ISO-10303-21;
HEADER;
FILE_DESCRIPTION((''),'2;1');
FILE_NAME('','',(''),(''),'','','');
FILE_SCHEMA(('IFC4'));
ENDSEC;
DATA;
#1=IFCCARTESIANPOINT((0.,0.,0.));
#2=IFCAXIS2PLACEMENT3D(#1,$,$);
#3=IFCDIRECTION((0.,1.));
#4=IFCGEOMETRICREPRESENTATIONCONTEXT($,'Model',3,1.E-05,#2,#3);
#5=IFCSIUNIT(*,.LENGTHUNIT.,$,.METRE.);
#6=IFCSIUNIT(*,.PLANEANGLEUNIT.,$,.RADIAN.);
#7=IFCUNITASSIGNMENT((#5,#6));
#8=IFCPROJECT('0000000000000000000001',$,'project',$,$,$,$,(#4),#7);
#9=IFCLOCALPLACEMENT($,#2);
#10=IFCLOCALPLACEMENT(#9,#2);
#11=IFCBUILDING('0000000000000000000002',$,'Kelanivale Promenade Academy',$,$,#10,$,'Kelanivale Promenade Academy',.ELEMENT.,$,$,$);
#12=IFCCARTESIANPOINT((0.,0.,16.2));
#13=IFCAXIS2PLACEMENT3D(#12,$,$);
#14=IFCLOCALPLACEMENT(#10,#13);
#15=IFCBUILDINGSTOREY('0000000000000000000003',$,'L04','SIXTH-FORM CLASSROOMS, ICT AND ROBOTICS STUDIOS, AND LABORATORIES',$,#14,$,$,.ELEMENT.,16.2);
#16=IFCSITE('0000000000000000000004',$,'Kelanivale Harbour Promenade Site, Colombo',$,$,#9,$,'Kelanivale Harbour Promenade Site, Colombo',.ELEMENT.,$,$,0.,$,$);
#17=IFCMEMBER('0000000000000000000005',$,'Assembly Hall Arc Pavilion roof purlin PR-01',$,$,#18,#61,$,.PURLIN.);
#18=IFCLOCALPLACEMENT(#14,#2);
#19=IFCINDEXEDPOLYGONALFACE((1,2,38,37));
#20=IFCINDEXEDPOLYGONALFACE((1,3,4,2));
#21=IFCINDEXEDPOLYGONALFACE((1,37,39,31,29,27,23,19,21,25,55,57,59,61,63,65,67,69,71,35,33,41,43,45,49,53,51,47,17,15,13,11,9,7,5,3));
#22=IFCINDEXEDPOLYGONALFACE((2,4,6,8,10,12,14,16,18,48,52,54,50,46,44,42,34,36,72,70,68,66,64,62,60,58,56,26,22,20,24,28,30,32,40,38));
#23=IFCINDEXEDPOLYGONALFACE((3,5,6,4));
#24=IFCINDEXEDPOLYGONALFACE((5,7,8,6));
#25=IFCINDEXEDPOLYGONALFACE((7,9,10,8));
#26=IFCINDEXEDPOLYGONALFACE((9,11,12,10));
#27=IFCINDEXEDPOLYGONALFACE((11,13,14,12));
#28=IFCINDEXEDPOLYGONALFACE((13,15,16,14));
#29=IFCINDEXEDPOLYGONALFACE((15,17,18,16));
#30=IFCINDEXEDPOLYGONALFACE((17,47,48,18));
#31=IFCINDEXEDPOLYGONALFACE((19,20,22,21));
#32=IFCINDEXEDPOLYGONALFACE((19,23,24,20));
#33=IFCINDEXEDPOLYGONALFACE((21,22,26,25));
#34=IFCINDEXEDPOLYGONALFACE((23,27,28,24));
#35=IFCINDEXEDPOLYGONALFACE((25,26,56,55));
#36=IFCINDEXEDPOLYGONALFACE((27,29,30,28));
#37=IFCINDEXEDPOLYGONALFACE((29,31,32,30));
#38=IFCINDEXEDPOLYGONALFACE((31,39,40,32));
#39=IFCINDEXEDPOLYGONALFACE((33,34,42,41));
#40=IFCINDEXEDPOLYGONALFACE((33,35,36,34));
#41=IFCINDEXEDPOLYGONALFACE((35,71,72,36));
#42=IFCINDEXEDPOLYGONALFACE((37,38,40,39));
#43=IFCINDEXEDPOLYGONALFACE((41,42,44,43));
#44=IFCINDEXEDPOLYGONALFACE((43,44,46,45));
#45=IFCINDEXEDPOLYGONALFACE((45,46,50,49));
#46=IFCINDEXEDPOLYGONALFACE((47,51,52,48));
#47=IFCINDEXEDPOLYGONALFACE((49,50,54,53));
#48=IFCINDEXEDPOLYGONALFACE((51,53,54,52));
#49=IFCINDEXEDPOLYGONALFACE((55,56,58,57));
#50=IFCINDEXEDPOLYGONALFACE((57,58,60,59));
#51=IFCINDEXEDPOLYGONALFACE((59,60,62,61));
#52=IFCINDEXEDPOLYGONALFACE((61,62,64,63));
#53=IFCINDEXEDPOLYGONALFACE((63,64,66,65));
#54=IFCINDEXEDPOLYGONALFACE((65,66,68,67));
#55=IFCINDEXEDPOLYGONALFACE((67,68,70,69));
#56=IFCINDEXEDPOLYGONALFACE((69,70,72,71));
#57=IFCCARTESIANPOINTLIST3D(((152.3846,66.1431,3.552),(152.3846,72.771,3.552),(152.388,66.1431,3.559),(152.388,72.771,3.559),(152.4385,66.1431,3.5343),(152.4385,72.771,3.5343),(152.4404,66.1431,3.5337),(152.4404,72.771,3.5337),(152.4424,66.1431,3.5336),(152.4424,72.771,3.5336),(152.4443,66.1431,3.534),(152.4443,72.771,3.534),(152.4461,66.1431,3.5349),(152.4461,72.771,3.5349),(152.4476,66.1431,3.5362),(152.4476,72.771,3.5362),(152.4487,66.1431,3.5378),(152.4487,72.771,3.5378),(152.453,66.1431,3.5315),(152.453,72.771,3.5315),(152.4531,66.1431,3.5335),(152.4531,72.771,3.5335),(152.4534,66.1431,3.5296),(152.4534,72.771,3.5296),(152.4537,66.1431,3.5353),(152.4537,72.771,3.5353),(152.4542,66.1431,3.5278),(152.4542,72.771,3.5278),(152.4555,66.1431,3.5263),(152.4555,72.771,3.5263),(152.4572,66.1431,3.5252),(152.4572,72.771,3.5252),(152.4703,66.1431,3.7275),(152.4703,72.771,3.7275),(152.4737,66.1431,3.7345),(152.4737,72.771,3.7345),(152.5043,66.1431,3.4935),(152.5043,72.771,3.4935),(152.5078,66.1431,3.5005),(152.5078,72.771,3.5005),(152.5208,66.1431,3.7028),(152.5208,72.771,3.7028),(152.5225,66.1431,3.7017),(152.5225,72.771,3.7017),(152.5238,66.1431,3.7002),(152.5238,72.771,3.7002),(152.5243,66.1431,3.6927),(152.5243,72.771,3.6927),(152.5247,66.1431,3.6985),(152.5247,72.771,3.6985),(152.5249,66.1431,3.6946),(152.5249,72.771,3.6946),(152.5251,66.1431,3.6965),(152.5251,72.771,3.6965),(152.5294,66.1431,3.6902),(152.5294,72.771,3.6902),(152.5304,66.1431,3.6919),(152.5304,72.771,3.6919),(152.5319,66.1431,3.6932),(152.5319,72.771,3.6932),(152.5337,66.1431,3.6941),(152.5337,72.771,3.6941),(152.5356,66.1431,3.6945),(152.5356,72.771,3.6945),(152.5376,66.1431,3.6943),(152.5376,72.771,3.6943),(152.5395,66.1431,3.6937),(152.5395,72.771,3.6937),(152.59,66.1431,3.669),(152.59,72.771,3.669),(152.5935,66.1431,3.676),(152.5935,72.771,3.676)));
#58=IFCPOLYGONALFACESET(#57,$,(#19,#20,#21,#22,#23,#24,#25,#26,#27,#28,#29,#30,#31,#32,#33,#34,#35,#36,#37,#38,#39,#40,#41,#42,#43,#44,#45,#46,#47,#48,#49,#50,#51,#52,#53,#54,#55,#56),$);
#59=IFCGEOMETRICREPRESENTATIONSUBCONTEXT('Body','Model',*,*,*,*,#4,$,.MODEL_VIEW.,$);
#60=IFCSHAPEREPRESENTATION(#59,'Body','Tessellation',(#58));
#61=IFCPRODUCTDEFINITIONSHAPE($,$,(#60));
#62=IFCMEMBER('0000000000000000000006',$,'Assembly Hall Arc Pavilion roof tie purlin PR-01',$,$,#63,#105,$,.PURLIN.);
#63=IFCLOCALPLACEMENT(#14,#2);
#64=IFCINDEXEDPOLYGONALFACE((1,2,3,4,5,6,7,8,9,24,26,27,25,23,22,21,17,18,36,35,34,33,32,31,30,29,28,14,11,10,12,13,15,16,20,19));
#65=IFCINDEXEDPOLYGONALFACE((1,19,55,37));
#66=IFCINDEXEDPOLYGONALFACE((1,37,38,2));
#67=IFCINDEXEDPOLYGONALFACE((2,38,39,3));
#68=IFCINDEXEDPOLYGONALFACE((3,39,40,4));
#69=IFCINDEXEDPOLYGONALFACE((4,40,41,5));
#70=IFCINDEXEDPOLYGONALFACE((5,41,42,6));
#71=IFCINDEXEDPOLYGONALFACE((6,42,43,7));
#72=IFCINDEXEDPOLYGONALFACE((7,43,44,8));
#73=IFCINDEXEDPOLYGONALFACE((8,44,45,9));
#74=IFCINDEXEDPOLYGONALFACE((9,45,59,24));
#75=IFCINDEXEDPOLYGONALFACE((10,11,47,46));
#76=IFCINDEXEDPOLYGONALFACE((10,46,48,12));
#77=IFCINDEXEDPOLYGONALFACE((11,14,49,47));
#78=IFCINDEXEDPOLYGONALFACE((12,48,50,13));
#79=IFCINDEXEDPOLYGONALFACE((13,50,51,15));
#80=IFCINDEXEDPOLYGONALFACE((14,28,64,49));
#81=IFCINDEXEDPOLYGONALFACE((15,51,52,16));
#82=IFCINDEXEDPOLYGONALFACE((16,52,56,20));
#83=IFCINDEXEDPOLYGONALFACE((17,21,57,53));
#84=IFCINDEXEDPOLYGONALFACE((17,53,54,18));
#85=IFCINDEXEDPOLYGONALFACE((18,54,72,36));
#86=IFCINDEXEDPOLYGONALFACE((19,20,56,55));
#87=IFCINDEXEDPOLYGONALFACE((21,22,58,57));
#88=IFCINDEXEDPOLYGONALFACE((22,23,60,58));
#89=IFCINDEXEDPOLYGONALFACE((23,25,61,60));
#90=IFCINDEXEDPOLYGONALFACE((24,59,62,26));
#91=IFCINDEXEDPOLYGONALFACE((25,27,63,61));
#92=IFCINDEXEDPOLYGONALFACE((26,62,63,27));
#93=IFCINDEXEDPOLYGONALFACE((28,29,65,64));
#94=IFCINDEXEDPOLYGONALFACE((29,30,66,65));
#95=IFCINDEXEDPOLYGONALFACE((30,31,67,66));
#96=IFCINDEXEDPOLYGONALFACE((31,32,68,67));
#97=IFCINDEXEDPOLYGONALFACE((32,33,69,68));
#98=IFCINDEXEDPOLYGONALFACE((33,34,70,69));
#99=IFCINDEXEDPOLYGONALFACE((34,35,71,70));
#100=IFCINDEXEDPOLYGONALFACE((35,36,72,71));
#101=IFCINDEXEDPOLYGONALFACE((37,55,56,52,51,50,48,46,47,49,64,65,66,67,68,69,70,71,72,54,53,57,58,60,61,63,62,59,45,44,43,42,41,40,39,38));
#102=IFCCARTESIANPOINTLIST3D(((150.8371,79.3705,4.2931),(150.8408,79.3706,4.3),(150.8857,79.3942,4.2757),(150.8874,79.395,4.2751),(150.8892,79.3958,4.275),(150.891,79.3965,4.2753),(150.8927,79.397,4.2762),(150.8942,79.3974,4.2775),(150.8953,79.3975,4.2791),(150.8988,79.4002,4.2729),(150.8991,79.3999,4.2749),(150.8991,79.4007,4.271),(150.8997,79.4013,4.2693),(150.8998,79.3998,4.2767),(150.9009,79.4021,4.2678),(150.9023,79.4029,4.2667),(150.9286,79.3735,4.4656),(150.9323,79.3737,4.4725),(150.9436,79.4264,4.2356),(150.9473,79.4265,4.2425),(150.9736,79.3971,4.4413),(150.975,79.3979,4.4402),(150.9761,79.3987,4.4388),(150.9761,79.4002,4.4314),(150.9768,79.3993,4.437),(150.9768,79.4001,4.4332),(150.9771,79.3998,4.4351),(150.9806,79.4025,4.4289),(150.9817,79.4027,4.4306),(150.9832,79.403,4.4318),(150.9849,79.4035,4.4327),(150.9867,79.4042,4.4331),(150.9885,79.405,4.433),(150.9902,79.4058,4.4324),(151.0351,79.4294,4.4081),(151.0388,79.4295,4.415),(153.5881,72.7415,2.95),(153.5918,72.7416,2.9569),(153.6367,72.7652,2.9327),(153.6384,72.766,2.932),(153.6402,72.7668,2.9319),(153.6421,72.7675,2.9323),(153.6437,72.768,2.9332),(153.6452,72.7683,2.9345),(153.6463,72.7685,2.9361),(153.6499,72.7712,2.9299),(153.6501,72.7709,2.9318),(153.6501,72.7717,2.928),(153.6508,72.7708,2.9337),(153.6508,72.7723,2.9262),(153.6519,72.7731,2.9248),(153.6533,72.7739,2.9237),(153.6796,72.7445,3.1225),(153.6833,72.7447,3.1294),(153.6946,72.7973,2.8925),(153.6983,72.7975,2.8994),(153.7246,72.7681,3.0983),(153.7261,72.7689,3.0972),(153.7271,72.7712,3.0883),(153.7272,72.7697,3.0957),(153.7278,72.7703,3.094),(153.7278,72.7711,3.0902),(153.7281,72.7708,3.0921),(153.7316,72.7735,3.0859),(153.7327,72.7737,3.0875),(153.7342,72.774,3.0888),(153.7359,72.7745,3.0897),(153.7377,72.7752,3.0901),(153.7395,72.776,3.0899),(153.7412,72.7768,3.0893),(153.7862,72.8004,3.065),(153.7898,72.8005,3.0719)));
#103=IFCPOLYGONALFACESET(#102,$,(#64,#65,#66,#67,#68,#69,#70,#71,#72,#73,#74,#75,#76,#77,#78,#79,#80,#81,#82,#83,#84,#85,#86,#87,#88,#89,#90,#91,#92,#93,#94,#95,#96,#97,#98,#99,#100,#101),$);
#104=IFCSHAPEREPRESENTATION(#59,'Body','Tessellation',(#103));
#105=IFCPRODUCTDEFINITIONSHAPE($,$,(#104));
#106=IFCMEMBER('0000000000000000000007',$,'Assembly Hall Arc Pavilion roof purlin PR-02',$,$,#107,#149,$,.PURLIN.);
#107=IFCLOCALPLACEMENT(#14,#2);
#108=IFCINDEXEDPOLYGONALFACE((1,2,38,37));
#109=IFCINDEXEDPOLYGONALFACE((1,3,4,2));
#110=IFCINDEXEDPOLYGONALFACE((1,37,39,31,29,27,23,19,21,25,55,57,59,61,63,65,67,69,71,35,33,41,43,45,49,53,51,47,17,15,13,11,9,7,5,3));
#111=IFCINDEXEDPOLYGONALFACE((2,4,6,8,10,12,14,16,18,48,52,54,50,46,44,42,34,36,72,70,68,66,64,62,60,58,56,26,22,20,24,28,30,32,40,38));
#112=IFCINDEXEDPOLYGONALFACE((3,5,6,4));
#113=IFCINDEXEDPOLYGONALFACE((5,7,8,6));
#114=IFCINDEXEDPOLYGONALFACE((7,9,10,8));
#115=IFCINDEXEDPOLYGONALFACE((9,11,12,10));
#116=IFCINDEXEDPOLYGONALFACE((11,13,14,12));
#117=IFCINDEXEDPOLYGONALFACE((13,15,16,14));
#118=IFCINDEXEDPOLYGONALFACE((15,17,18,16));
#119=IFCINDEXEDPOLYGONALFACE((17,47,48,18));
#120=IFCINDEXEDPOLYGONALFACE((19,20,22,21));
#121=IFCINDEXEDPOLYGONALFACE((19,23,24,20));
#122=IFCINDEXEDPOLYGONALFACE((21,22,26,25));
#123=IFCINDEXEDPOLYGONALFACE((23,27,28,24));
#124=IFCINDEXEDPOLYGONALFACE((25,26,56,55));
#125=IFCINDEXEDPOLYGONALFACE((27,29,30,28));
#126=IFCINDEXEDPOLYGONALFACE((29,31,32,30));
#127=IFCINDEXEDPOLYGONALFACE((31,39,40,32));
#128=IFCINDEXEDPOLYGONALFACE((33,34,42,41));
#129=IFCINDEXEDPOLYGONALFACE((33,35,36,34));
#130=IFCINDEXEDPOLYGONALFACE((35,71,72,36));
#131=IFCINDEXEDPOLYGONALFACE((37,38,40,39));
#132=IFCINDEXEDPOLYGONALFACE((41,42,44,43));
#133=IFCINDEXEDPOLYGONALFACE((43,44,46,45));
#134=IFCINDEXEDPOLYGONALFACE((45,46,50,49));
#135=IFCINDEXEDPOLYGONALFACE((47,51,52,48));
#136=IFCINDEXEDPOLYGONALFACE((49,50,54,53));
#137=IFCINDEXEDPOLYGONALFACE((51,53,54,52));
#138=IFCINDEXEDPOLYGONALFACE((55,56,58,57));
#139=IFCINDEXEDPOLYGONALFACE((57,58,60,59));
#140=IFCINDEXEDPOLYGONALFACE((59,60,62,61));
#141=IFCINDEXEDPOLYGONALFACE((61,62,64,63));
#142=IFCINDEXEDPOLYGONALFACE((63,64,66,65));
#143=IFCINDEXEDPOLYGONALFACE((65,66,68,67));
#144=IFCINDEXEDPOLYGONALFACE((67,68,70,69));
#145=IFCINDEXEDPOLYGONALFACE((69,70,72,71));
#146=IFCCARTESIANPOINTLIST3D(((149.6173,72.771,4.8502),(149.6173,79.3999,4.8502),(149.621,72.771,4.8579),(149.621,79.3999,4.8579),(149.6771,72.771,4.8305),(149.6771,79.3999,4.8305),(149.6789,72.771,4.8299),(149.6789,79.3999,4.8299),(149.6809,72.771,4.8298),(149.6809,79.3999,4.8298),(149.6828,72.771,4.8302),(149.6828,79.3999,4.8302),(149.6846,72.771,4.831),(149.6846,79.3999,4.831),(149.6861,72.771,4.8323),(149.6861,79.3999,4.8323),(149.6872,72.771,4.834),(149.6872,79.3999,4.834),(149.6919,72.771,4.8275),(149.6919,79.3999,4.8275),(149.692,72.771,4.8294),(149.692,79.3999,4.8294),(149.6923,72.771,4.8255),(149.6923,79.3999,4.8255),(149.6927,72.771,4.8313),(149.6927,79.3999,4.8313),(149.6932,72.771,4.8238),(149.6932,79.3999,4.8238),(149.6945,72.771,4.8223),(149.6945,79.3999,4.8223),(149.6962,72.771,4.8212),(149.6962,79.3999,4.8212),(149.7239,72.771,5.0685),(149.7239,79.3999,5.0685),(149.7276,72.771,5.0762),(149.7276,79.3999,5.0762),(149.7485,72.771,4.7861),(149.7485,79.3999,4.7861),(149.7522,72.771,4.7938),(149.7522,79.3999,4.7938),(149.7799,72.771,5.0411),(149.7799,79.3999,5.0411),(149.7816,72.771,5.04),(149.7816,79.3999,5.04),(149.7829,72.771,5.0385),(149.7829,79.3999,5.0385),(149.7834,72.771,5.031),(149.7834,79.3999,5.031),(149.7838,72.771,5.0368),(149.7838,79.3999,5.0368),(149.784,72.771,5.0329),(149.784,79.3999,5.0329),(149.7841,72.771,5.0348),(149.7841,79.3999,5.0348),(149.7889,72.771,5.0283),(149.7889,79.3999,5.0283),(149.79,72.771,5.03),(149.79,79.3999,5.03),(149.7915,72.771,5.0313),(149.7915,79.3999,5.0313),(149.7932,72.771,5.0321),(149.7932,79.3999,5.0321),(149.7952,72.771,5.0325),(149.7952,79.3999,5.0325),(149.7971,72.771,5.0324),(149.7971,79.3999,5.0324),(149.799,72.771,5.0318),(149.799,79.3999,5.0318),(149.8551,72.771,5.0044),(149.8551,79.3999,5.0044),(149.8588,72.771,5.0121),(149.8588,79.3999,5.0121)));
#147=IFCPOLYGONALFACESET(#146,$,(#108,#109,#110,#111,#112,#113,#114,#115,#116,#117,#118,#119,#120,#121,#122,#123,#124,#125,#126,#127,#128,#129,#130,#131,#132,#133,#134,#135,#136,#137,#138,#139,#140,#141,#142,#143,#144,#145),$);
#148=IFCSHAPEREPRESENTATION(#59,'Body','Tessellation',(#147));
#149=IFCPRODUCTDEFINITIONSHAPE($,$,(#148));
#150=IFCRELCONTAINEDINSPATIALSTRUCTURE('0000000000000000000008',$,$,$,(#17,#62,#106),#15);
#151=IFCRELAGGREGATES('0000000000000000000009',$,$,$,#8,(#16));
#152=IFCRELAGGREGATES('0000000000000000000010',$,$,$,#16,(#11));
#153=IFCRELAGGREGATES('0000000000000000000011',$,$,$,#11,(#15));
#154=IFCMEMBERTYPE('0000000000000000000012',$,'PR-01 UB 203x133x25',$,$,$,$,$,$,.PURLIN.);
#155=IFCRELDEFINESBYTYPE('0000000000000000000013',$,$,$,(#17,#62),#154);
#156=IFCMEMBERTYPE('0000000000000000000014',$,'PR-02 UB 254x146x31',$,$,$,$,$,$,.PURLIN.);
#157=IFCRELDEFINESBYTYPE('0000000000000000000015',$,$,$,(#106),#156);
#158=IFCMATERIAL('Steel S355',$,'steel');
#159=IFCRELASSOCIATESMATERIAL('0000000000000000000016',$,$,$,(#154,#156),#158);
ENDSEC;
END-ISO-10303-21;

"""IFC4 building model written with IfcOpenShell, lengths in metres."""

from ifc_helpers import new_model, si_unit, direction, frame, origin, origin_2d, place, context, subcontext, project, spatial, i_section, extrude, material, material_profile, profile_set, type_object, element, save


model = new_model("IFC4")

# Units and contexts
model_context = context("Model", 3, precision=1e-05, world=origin(), true_north=direction((0.0, 1.0)))
body_context = subcontext(model_context, "Body", "Model", "MODEL_VIEW")
ifc_project = project(units=[si_unit("LENGTHUNIT", "METRE"), si_unit("PLANEANGLEUNIT", "RADIAN")], contexts=[model_context])

# Site, building, storey
site_placement = place(None, origin())
site = spatial("IfcSite", under=ifc_project, at=site_placement, Name="Kelanivale Harbour Promenade Site, Colombo", LongName="Kelanivale Harbour Promenade Site, Colombo", CompositionType="ELEMENT", RefElevation=0.0)
building_placement = place(site_placement, origin())
building = spatial("IfcBuilding", under=site, at=building_placement, Name="Kelanivale Promenade Academy", LongName="Kelanivale Promenade Academy", CompositionType="ELEMENT")
storey_placement = place(building_placement, frame((0.0, 0.0, 16.2)))
storey = spatial("IfcBuildingStorey", under=building, at=storey_placement, Name="L04", Description="SIXTH-FORM CLASSROOMS, ICT AND ROBOTICS STUDIOS, AND LABORATORIES", CompositionType="ELEMENT", Elevation=16.2)

# Shared definitions
ifc_material_1 = material(Name="Steel S355", Category="steel")

# Members
ifc_material_profile_1 = material_profile(ifc_material_1, i_section(OverallWidth=0.1333, OverallDepth=0.2031, WebThickness=0.0056, FlangeThickness=0.0078, FilletRadius=0.0076, at=origin_2d()), Name="UB 203x133x25")
ifc_profile_set_1 = profile_set([ifc_material_profile_1], Name="Steel S355")
member_type_1 = type_object("IfcMemberType", Name="PR-01 UB 203x133x25", PredefinedType="PURLIN", material=ifc_profile_set_1)
member_1_placement = place(storey_placement, frame((152.489, 66.1431, 3.614), z_axis=(0.0, 1.0, 0.0), x_axis=(-0.898564, 0.0, 0.438842)))
element("IfcMember", 1, at=member_1_placement, inside=storey, type_object=member_type_1, Name="Assembly Hall Arc Pavilion roof purlin PR-01", PredefinedType="PURLIN", context=body_context, shape_type="SweptSolid", body=[
    extrude(i_section(OverallWidth=0.1333, OverallDepth=0.2031, WebThickness=0.0056, FlangeThickness=0.0078, FilletRadius=0.0076, at=origin_2d()), origin(), (0.0, 0.0, 1.0), 6.6279),
])
member_2_placement = place(storey_placement, frame((153.689, 72.771, 3.011), z_axis=(-0.376761, 0.907865, 0.183934), x_axis=(-0.798996, -0.418973, 0.431354)))
element("IfcMember", 2, at=member_2_placement, inside=storey, type_object=member_type_1, Name="Assembly Hall Arc Pavilion roof tie purlin PR-01", PredefinedType="PURLIN", context=body_context, shape_type="SweptSolid", body=[
    extrude(i_section(OverallWidth=0.1333, OverallDepth=0.2031, WebThickness=0.0056, FlangeThickness=0.0078, FilletRadius=0.0076, at=origin_2d()), origin(), (0.0, 0.0, 1.0), 7.3018),
])
ifc_material_profile_2 = material_profile(ifc_material_1, i_section(OverallWidth=0.146, OverallDepth=0.2515, WebThickness=0.0061, FlangeThickness=0.0085, FilletRadius=0.0076, at=origin_2d()), Name="UB 254x146x31")
ifc_profile_set_2 = profile_set([ifc_material_profile_2], Name="Steel S355")
member_type_2 = type_object("IfcMemberType", Name="PR-02 UB 254x146x31", PredefinedType="PURLIN", material=ifc_profile_set_2)
member_3_placement = place(storey_placement, frame((149.738, 72.771, 4.9312), z_axis=(0.0, 1.0, 0.0), x_axis=(-0.898564, 0.0, 0.438842)))
element("IfcMember", 3, at=member_3_placement, inside=storey, type_object=member_type_2, Name="Assembly Hall Arc Pavilion roof purlin PR-02", PredefinedType="PURLIN", context=body_context, shape_type="SweptSolid", body=[
    extrude(i_section(OverallWidth=0.146, OverallDepth=0.2515, WebThickness=0.0061, FlangeThickness=0.0085, FilletRadius=0.0076, at=origin_2d()), origin(), (0.0, 0.0, 1.0), 6.6289),
])

save(model, "model.ifc")
